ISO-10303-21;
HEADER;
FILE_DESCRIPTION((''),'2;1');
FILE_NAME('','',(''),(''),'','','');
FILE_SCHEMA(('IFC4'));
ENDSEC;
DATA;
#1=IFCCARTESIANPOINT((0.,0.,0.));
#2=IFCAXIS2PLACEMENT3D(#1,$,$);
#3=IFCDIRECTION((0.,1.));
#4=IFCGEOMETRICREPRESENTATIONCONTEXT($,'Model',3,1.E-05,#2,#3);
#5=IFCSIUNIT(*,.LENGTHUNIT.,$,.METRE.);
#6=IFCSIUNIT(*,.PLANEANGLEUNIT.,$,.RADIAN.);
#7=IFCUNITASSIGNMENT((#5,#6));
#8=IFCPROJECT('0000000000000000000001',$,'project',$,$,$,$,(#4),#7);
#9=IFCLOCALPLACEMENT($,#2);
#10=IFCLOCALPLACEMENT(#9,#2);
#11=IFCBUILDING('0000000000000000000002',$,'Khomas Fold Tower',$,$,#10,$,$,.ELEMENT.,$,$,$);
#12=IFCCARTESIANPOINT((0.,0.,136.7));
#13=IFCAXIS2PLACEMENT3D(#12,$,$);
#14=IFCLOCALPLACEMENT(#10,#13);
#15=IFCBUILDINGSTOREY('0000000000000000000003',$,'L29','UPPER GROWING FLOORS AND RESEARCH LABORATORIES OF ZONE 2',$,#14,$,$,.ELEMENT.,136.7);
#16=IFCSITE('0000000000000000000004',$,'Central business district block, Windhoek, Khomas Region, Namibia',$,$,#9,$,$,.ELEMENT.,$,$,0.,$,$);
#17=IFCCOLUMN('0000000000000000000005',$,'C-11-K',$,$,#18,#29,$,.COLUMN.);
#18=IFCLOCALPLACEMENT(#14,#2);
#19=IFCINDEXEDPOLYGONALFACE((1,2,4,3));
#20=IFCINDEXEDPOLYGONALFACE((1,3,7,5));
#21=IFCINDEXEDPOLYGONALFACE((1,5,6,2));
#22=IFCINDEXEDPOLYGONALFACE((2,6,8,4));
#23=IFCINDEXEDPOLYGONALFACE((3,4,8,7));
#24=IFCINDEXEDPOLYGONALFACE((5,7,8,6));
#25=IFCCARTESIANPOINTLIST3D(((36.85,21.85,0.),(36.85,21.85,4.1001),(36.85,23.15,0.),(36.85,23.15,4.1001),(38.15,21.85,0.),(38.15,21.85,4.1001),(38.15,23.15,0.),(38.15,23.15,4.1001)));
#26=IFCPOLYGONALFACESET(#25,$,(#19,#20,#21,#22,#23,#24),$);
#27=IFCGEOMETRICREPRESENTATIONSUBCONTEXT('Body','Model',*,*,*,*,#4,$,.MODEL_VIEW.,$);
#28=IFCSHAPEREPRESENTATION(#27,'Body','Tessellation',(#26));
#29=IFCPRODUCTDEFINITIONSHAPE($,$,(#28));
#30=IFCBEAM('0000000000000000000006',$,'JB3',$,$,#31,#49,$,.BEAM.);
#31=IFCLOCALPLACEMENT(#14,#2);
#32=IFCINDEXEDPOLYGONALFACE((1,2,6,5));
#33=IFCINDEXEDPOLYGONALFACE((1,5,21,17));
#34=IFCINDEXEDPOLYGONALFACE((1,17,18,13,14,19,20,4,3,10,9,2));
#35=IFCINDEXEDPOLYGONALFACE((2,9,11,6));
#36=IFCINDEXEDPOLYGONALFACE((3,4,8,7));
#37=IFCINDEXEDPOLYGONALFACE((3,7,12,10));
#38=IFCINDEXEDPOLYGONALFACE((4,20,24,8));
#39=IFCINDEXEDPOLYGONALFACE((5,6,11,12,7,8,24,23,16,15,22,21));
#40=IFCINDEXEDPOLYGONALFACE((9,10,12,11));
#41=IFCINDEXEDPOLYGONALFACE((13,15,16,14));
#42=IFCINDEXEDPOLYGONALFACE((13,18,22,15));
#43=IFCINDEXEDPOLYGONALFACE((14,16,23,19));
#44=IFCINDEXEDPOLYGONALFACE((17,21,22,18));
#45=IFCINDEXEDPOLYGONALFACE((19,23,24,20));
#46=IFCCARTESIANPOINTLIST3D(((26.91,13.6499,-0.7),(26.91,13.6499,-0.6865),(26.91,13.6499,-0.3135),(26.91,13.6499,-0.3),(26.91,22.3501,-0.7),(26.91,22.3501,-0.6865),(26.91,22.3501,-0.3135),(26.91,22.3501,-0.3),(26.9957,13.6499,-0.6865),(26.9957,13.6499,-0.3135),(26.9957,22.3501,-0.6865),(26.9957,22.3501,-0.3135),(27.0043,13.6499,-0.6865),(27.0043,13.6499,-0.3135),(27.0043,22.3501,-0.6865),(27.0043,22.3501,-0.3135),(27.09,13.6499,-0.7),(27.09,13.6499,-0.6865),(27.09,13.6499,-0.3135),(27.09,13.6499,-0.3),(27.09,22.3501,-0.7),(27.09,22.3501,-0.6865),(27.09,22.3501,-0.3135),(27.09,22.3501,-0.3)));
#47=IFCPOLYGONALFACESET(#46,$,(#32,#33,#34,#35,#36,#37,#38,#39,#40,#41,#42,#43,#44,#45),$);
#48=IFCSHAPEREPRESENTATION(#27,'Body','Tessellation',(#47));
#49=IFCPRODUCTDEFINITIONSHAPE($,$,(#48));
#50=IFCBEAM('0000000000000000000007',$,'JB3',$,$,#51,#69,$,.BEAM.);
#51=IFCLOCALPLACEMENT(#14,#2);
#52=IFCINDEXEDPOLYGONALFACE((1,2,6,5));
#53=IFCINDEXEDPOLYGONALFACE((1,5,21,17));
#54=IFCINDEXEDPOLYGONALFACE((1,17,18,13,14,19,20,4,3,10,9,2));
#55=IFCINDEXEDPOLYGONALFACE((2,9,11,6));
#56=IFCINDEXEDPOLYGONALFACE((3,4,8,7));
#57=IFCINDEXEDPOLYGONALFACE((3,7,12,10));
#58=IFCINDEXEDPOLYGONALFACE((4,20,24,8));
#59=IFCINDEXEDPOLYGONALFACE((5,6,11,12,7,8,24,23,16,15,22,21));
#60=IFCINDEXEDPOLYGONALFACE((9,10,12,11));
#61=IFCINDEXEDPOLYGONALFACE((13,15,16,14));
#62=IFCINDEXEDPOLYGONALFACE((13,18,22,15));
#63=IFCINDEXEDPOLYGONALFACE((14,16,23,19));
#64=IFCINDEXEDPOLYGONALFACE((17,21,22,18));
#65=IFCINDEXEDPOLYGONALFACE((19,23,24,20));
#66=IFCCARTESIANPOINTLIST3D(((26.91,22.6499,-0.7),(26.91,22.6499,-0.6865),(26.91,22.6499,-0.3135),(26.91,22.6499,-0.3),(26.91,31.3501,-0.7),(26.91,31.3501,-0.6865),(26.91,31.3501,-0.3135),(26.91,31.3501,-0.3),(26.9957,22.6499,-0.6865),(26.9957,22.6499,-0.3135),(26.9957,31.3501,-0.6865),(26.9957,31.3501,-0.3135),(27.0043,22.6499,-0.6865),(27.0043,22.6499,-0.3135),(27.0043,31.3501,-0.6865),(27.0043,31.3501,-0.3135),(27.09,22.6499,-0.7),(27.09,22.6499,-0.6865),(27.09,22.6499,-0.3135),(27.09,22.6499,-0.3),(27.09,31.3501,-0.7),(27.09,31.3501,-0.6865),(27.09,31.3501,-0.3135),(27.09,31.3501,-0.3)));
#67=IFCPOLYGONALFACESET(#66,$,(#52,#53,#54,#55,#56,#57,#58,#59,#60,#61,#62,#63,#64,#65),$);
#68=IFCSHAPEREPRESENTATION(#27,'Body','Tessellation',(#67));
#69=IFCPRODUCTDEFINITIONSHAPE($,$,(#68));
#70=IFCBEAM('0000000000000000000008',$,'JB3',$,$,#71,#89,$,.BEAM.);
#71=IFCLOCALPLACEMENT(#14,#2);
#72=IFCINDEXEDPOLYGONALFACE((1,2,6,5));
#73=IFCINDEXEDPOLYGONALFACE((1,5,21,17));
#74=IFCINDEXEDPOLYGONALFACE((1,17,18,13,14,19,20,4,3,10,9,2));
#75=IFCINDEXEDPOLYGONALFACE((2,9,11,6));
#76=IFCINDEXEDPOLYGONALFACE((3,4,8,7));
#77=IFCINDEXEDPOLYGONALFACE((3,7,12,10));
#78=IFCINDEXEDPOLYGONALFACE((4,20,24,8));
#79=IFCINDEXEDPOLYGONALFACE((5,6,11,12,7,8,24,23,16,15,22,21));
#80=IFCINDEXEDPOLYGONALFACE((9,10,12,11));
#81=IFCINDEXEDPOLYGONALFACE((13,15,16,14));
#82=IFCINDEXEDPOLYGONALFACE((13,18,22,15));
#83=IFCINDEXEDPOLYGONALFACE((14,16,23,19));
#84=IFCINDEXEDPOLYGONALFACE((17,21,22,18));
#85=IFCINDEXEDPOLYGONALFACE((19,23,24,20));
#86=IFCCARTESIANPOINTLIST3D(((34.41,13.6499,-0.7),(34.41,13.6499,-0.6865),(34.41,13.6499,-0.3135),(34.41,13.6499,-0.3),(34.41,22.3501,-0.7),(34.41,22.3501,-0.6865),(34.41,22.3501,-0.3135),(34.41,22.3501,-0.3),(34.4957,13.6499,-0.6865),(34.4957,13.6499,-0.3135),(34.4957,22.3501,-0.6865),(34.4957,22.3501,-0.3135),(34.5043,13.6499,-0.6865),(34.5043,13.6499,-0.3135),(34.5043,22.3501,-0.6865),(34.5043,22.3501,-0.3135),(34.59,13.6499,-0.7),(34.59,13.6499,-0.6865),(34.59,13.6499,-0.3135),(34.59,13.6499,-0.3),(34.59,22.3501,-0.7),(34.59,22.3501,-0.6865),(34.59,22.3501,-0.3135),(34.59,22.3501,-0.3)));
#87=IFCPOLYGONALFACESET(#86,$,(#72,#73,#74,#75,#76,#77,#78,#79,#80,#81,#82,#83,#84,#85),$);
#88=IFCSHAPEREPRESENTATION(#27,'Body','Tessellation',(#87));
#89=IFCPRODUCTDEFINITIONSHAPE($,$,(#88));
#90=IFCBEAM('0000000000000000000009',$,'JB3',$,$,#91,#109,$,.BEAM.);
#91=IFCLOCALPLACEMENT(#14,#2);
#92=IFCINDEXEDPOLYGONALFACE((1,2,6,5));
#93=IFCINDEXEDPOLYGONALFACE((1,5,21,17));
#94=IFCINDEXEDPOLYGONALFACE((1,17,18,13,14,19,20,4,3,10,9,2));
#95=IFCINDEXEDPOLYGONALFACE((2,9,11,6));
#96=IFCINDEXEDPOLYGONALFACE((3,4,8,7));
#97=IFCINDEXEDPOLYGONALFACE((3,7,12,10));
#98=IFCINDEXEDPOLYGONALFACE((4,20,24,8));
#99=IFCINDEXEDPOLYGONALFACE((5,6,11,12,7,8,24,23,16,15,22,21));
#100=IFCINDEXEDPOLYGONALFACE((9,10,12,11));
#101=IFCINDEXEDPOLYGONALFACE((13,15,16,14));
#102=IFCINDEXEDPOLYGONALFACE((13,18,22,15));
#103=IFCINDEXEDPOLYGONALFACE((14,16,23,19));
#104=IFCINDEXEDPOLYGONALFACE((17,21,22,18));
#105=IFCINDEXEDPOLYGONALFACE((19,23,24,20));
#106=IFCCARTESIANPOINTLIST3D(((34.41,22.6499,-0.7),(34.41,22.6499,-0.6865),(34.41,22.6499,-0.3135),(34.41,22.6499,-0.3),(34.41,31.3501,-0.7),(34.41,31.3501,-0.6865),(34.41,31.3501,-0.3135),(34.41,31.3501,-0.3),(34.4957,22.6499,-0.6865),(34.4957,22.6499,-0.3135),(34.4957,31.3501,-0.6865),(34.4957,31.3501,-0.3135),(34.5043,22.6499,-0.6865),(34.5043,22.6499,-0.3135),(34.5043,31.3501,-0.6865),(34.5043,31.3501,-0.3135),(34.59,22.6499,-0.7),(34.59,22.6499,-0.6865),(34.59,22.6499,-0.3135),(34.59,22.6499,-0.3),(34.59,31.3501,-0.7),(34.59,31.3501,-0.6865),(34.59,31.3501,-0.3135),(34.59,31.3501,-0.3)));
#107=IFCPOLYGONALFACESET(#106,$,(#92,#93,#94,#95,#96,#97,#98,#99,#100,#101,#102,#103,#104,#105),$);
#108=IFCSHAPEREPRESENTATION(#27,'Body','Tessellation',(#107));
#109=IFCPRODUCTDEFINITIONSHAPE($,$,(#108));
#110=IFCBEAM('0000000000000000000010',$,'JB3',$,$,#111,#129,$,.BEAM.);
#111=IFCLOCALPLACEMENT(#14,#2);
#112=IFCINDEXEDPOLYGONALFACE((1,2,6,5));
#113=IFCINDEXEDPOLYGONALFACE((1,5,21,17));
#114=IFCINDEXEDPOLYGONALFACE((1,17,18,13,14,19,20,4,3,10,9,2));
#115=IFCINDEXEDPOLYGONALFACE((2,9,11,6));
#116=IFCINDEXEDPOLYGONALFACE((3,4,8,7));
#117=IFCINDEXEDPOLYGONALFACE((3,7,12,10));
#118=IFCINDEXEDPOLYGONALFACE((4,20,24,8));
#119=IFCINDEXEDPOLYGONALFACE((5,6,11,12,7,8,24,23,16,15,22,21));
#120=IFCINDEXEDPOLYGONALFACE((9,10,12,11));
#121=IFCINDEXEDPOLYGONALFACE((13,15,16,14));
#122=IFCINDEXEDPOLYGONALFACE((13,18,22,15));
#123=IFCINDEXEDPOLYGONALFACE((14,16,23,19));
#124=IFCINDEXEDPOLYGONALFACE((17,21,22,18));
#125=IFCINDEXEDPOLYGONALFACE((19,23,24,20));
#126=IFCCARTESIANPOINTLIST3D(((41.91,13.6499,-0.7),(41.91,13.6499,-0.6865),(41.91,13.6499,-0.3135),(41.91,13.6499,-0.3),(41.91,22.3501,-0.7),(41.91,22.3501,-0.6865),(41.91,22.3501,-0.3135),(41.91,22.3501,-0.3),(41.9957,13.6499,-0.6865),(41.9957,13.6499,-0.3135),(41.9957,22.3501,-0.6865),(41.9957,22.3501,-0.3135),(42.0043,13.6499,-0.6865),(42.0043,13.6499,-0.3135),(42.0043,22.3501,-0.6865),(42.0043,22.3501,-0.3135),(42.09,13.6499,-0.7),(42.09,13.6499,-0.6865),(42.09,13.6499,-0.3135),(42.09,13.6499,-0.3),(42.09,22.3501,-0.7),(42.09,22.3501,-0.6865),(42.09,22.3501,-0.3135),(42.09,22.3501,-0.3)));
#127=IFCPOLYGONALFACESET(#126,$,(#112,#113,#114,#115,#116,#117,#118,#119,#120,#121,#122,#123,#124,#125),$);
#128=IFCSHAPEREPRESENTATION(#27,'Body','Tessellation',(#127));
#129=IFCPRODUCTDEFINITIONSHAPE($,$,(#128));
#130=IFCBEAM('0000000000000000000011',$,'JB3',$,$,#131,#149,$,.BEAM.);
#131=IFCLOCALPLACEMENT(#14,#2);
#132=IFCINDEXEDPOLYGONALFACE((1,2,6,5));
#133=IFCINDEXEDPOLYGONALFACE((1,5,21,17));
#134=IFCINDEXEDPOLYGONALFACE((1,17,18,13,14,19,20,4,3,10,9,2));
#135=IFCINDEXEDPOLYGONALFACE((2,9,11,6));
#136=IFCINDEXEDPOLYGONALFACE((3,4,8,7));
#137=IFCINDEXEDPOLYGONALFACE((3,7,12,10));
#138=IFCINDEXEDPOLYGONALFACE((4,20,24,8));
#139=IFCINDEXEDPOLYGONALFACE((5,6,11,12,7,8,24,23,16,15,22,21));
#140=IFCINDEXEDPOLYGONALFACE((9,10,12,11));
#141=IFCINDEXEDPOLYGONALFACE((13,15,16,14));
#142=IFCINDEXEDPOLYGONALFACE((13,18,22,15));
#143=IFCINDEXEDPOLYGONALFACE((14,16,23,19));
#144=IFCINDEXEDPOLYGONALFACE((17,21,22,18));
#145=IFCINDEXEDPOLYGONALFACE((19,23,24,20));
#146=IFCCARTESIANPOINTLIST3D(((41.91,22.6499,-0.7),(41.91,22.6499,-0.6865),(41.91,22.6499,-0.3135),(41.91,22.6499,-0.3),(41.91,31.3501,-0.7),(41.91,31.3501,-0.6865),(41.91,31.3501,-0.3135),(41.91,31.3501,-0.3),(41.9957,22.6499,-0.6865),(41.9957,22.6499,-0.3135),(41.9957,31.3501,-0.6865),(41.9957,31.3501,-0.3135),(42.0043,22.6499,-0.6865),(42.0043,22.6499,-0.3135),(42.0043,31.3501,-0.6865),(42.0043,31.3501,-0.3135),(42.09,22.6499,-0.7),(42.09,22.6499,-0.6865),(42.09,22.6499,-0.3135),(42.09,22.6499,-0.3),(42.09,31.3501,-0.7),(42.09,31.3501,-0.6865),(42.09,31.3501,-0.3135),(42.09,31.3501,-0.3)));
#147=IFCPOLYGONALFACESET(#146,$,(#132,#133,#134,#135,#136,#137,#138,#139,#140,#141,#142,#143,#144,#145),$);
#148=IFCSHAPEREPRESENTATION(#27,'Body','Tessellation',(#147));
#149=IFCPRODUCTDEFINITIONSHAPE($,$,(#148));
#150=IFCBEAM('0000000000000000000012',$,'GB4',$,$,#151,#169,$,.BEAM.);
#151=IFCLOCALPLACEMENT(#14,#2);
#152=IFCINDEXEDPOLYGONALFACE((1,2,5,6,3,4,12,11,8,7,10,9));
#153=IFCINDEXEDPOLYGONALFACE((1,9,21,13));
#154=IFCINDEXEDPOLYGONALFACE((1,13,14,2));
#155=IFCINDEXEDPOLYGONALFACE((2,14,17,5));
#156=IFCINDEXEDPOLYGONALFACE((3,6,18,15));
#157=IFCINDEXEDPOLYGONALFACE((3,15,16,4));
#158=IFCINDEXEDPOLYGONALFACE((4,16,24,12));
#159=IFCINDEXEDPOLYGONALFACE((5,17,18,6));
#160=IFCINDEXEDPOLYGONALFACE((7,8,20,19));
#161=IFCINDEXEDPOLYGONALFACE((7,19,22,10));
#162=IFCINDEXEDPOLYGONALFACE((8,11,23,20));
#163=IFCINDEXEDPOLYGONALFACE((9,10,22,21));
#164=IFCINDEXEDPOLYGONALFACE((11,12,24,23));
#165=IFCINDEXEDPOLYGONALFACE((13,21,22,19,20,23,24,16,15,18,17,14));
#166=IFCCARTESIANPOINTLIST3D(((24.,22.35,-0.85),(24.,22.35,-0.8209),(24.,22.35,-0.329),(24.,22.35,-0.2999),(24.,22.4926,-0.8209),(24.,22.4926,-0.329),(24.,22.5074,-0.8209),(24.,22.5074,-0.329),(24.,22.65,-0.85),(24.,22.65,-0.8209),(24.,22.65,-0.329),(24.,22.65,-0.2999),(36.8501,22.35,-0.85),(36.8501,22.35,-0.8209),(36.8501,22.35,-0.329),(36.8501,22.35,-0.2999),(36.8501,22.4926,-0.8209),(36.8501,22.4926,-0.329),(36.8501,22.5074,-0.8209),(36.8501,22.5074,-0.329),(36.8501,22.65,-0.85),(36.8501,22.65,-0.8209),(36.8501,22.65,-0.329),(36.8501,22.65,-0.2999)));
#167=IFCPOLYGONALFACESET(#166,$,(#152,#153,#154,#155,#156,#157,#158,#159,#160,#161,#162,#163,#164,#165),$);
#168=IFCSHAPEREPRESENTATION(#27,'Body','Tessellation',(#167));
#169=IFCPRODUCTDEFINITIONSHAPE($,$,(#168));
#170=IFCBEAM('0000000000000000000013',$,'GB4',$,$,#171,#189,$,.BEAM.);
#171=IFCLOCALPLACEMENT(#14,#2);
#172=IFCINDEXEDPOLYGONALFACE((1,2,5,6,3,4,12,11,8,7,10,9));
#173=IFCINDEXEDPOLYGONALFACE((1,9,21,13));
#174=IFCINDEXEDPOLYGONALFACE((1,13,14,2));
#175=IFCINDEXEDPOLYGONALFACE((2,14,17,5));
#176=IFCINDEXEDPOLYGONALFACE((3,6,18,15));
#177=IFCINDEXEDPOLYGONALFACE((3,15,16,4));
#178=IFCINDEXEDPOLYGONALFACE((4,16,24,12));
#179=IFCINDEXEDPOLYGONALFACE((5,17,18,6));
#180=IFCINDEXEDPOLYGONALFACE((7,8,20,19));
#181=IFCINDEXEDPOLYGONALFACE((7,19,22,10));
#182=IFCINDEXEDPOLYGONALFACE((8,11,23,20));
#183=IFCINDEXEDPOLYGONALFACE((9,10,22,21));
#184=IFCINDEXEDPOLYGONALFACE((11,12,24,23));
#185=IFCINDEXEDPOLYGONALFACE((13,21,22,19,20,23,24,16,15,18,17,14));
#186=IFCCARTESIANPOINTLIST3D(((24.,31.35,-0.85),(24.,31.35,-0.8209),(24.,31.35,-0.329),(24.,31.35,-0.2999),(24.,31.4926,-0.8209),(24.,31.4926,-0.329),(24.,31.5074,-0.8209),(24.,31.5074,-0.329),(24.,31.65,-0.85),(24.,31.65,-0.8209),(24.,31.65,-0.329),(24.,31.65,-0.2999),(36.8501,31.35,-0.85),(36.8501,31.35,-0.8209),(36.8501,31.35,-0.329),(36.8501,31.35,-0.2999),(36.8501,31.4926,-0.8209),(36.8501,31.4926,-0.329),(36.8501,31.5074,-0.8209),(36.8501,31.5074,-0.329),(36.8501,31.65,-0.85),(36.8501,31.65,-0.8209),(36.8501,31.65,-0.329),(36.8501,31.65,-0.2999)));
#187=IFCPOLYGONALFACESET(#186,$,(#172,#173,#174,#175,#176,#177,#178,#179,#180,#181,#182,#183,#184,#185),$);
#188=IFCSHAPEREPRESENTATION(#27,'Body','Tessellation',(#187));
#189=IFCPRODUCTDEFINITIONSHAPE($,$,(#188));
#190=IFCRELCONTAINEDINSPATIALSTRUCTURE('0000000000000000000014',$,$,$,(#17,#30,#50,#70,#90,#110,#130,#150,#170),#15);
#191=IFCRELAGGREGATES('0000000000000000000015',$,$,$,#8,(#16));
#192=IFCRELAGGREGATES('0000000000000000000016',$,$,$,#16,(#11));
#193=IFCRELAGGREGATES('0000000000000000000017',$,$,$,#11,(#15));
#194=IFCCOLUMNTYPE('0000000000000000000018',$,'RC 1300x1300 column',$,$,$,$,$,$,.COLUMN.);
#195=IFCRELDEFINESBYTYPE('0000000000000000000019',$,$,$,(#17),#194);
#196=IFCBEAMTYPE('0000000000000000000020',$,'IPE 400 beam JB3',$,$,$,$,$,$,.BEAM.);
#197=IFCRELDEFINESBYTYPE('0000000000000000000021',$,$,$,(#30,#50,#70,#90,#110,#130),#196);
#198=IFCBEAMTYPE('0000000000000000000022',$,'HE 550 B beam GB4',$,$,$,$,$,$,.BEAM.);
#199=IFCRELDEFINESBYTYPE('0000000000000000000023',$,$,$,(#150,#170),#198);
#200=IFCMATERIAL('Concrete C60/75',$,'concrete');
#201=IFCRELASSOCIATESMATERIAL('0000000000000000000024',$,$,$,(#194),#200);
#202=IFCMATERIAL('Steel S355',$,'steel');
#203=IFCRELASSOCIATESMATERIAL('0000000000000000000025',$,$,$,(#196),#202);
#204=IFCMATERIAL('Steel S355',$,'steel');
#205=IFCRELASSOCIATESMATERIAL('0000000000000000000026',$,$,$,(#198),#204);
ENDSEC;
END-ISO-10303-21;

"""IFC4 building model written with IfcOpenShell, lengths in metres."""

from ifc_helpers import new_model, si_unit, direction, frame, origin, origin_2d, place, context, subcontext, project, spatial, rectangle, i_section, extrude, source, transform, mapped, material, material_profile, profile_set, type_object, element, save


model = new_model("IFC4")

# Units and contexts
model_context = context("Model", 3, precision=1e-05, world=origin(), true_north=direction((0.0, 1.0)))
body_context = subcontext(model_context, "Body", "Model", "MODEL_VIEW")
ifc_project = project(units=[si_unit("LENGTHUNIT", "METRE"), si_unit("PLANEANGLEUNIT", "RADIAN")], contexts=[model_context])

# Site, building, storey
site_placement = place(None, origin())
site = spatial("IfcSite", under=ifc_project, at=site_placement, Name="Central business district block, Windhoek, Khomas Region, Namibia", CompositionType="ELEMENT", RefElevation=0.0)
building_placement = place(site_placement, origin())
building = spatial("IfcBuilding", under=site, at=building_placement, Name="Khomas Fold Tower", CompositionType="ELEMENT")
storey_placement = place(building_placement, frame((0.0, 0.0, 136.7)))
storey = spatial("IfcBuildingStorey", under=building, at=storey_placement, Name="L29", Description="UPPER GROWING FLOORS AND RESEARCH LABORATORIES OF ZONE 2", CompositionType="ELEMENT", Elevation=136.7)

# Column
ifc_material_1 = material(Name="Concrete C60/75", Category="concrete")
ifc_material_profile_1 = material_profile(ifc_material_1, rectangle(XDim=1.3, YDim=1.3, at=origin_2d()), Name="RC 1300x1300")
ifc_profile_set_1 = profile_set([ifc_material_profile_1], Name="Concrete C60/75")
column_type = type_object("IfcColumnType", Name="RC 1300x1300 column", PredefinedType="COLUMN", material=ifc_profile_set_1)
shared_shape_1 = source(origin(), body_context, "Body", "SweptSolid", [
    extrude(rectangle(XDim=1.3, YDim=1.3, at=origin_2d()), origin(), (0.0, 0.0, 1.0), 4.1001),
])
column_placement = place(storey_placement, frame((37.5, 22.5, 0.0), z_axis=(0.0, 0.0, 1.0), x_axis=(1.0, 0.0, 0.0)))
element("IfcColumn", 1, at=column_placement, inside=storey, type_object=column_type, Name="C-11-K", PredefinedType="COLUMN", context=body_context, shape_type="MappedRepresentation", body=[
    mapped(shared_shape_1, transform((0.0, 0.0, 0.0))),
])

# Beams
ifc_material_2 = material(Name="Steel S355", Category="steel")
ifc_material_profile_2 = material_profile(ifc_material_2, i_section(OverallWidth=0.1799, OverallDepth=0.3999, WebThickness=0.0085, FlangeThickness=0.0134, at=origin_2d()), Name="IPE 400")
ifc_profile_set_2 = profile_set([ifc_material_profile_2], Name="Steel S355")
beam_type_1 = type_object("IfcBeamType", Name="IPE 400 beam JB3", PredefinedType="BEAM", material=ifc_profile_set_2)
shared_shape_2 = source(origin(), body_context, "Body", "SweptSolid", [
    extrude(i_section(OverallWidth=0.1799, OverallDepth=0.3999, WebThickness=0.0085, FlangeThickness=0.0134, at=origin_2d()), origin(), (0.0, 0.0, 1.0), 8.7002),
])
for number, where, z_axis, x_axis, name in (
    (2, (27.0, 13.6499, -0.5), (0.0, 1.0, 0.0), (-1.0, 0.0, 0.0), "JB3"),
    (3, (27.0, 22.6499, -0.5), (0.0, 1.0, 0.0), (-1.0, 0.0, 0.0), "JB3"),
    (4, (34.5, 13.6499, -0.5), (0.0, 1.0, 0.0), (-1.0, 0.0, 0.0), "JB3"),
    (5, (34.5, 22.6499, -0.5), (0.0, 1.0, 0.0), (-1.0, 0.0, 0.0), "JB3"),
    (6, (42.0, 13.6499, -0.5), (0.0, 1.0, 0.0), (-1.0, 0.0, 0.0), "JB3"),
    (7, (42.0, 22.6499, -0.5), (0.0, 1.0, 0.0), (-1.0, 0.0, 0.0), "JB3"),
):
    element("IfcBeam", number, at=place(storey_placement, frame(where, z_axis=z_axis, x_axis=x_axis)), inside=storey, type_object=beam_type_1, Name=name, PredefinedType="BEAM", context=body_context, shape_type="MappedRepresentation", body=[
        mapped(shared_shape_2, transform((0.0, 0.0, 0.0))),
    ])
ifc_material_3 = material(Name="Steel S355", Category="steel")
ifc_material_profile_3 = material_profile(ifc_material_3, i_section(OverallWidth=0.3, OverallDepth=0.55, WebThickness=0.0149, FlangeThickness=0.0291, at=origin_2d()), Name="HE 550 B")
ifc_profile_set_3 = profile_set([ifc_material_profile_3], Name="Steel S355")
beam_type_2 = type_object("IfcBeamType", Name="HE 550 B beam GB4", PredefinedType="BEAM", material=ifc_profile_set_3)
shared_shape_3 = source(origin(), body_context, "Body", "SweptSolid", [
    extrude(i_section(OverallWidth=0.3, OverallDepth=0.55, WebThickness=0.0149, FlangeThickness=0.0291, at=origin_2d()), origin(), (0.0, 0.0, 1.0), 12.8501),
])
for number, where, z_axis, x_axis, name in (
    (8, (24.0, 22.5, -0.575), (1.0, 0.0, 0.0), (0.0, 1.0, 0.0), "GB4"),
    (9, (24.0, 31.5, -0.575), (1.0, 0.0, 0.0), (0.0, 1.0, 0.0), "GB4"),
):
    element("IfcBeam", number, at=place(storey_placement, frame(where, z_axis=z_axis, x_axis=x_axis)), inside=storey, type_object=beam_type_2, Name=name, PredefinedType="BEAM", context=body_context, shape_type="MappedRepresentation", body=[
        mapped(shared_shape_3, transform((0.0, 0.0, 0.0))),
    ])

save(model, "model.ifc")
